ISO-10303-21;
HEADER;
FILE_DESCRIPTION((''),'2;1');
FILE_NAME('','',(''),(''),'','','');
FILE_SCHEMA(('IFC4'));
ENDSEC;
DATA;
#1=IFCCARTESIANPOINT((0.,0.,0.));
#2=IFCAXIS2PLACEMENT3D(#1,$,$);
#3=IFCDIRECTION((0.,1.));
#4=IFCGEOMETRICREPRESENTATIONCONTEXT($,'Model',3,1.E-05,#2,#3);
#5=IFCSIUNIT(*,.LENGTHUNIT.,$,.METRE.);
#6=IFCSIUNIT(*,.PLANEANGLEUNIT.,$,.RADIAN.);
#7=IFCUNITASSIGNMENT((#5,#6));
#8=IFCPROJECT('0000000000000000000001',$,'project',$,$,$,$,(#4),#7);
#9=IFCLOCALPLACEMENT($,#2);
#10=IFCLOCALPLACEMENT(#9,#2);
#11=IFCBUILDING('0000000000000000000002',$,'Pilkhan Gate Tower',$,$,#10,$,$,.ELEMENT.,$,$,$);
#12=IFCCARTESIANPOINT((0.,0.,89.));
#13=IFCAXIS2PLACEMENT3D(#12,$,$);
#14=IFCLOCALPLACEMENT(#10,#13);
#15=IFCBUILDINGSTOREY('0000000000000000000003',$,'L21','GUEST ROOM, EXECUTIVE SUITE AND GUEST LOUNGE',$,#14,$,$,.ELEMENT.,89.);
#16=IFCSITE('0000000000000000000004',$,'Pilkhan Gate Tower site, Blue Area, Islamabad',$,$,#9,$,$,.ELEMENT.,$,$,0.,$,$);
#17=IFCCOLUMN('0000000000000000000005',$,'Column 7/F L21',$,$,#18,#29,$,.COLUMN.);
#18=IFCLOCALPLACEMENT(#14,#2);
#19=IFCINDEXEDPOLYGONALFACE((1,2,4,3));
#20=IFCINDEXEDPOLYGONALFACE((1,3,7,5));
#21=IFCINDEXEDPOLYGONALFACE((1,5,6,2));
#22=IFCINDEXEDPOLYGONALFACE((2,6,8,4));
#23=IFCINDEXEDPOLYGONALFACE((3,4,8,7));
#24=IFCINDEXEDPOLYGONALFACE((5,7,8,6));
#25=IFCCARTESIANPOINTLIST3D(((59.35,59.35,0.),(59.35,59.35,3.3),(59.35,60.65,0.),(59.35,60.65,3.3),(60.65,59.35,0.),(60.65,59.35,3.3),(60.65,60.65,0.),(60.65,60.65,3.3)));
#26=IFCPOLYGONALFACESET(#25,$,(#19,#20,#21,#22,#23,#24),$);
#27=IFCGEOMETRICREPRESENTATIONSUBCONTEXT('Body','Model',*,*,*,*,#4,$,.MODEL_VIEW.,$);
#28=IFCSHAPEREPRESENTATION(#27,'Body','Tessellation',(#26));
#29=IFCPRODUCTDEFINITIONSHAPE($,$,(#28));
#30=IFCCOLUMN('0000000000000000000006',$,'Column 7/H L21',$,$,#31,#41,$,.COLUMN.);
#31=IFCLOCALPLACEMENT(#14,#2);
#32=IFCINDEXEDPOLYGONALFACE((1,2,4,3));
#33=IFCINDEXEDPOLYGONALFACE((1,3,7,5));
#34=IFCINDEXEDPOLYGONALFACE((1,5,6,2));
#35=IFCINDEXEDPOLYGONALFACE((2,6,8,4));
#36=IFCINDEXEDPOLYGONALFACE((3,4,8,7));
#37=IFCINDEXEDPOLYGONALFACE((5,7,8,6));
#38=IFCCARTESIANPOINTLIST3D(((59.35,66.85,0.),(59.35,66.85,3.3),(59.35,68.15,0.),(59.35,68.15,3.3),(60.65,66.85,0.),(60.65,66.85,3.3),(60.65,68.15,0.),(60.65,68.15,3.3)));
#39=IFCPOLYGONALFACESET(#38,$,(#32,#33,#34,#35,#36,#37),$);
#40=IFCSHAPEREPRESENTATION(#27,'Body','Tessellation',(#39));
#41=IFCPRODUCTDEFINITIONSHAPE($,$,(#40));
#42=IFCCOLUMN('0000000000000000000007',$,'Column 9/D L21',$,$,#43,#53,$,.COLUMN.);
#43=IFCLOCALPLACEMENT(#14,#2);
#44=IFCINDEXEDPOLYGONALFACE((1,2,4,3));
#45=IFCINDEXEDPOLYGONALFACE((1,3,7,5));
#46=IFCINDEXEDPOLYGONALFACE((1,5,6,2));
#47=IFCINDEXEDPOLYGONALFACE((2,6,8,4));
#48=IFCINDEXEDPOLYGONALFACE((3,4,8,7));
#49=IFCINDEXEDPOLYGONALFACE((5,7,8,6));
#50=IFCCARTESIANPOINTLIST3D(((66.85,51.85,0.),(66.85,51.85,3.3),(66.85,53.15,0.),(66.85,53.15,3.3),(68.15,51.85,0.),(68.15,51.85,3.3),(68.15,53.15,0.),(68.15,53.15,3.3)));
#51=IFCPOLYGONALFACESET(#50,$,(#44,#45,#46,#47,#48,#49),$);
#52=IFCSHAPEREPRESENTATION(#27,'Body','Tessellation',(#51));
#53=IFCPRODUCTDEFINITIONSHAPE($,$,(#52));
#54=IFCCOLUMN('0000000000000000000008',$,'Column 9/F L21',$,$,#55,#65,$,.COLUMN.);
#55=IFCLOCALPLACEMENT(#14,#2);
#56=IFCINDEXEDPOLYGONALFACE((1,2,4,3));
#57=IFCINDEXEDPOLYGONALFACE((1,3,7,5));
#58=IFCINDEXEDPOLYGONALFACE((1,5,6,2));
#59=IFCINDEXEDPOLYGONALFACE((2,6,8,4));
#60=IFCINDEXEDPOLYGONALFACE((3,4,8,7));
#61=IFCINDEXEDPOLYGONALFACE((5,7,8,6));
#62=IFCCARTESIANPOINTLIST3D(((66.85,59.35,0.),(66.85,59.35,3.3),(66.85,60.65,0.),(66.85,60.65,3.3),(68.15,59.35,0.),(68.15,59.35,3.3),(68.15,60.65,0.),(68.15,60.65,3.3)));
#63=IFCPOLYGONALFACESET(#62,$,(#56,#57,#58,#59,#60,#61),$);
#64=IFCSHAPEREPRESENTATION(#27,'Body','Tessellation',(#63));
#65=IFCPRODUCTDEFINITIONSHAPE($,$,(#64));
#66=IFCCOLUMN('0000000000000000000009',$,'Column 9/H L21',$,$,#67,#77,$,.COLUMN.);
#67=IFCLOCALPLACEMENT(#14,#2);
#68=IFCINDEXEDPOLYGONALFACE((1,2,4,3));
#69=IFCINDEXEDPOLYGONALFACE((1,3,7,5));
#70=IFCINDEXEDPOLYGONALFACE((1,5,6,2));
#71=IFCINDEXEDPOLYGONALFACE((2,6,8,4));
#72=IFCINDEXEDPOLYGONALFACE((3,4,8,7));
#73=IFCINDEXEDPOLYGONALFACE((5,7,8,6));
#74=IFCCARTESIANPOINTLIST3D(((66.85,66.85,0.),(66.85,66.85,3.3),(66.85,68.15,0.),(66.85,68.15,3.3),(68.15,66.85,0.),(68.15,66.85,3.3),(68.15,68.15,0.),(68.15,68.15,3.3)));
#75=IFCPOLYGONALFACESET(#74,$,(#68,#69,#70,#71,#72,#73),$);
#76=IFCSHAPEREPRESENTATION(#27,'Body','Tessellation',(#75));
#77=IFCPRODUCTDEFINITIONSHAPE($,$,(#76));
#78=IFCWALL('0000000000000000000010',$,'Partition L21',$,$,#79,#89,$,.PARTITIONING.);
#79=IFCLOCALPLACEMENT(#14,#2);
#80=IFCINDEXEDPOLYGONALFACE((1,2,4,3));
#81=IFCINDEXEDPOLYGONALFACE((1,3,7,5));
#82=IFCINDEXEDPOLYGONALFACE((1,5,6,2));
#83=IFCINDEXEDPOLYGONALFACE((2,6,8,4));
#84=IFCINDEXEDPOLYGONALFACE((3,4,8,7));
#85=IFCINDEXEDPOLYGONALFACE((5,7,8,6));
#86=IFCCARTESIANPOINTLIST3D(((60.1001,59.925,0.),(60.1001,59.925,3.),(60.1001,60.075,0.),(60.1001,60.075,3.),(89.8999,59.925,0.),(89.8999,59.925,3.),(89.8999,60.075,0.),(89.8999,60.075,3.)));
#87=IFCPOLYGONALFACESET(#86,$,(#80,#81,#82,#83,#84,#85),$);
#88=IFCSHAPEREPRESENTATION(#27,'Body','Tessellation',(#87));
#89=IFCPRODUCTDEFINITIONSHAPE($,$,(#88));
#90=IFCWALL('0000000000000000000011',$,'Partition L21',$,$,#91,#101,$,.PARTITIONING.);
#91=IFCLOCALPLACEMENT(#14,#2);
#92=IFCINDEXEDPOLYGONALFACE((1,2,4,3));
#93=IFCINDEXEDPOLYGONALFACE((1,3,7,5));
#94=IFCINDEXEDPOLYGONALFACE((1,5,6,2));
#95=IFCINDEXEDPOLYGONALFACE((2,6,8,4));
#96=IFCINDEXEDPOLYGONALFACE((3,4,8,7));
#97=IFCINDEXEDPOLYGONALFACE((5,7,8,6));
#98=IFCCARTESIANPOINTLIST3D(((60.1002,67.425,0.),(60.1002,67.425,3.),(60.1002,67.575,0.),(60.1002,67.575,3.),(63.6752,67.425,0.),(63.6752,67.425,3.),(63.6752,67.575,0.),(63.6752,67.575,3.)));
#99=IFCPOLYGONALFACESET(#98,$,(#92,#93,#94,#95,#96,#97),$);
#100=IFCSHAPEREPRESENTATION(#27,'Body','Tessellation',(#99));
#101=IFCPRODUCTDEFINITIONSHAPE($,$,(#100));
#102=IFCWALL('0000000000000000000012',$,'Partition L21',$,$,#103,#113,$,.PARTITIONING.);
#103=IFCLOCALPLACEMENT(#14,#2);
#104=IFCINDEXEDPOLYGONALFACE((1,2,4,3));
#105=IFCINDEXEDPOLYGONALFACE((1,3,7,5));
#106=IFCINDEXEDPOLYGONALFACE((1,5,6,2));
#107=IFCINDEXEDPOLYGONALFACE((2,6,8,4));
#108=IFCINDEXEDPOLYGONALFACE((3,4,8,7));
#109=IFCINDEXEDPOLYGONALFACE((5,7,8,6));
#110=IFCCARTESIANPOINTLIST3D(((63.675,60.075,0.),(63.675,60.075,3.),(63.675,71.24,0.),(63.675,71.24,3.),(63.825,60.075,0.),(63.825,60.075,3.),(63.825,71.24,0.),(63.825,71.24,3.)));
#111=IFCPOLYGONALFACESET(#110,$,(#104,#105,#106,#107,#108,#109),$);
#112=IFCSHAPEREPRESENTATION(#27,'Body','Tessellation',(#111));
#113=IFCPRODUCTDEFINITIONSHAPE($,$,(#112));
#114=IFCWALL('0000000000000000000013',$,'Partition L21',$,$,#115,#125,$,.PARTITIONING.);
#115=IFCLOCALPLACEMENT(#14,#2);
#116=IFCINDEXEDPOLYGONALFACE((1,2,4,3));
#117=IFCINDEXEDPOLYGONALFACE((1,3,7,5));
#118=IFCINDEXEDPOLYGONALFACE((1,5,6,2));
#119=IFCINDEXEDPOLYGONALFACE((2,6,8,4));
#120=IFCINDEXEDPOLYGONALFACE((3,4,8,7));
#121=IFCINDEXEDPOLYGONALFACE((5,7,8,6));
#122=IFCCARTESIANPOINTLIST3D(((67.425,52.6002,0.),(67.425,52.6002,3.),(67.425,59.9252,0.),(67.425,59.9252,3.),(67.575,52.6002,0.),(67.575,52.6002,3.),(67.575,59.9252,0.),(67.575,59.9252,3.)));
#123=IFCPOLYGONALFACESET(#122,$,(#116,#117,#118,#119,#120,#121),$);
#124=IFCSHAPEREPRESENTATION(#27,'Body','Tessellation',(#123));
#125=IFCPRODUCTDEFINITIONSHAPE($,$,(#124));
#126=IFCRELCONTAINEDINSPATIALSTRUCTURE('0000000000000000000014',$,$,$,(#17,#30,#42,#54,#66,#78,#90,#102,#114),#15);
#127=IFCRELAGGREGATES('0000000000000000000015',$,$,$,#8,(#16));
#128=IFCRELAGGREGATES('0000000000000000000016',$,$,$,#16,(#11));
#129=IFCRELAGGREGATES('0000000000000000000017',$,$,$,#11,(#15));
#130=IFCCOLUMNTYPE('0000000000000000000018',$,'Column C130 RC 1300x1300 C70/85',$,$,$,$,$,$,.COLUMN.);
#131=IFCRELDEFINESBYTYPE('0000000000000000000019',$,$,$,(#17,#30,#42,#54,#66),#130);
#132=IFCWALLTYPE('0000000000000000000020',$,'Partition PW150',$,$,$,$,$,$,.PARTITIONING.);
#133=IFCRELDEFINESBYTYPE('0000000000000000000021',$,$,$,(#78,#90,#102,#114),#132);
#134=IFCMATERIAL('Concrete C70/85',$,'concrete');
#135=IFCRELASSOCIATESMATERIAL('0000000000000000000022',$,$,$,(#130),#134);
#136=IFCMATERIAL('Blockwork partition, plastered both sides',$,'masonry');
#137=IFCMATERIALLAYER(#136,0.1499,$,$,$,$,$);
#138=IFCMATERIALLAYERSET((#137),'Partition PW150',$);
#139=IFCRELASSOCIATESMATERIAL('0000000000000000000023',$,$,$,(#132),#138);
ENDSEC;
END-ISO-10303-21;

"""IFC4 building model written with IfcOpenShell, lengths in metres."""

from ifc_helpers import new_model, si_unit, direction, frame, frame_2d, origin, origin_2d, place, context, subcontext, project, spatial, rectangle, extrude, material, layer, layer_set, material_profile, profile_set, type_object, element, save


model = new_model("IFC4")

# Units and contexts
model_context = context("Model", 3, precision=1e-05, world=origin(), true_north=direction((0.0, 1.0)))
body_context = subcontext(model_context, "Body", "Model", "MODEL_VIEW")
ifc_project = project(units=[si_unit("LENGTHUNIT", "METRE"), si_unit("PLANEANGLEUNIT", "RADIAN")], contexts=[model_context])

# Site, building, storey
site_placement = place(None, origin())
site = spatial("IfcSite", under=ifc_project, at=site_placement, Name="Pilkhan Gate Tower site, Blue Area, Islamabad", CompositionType="ELEMENT", RefElevation=0.0)
building_placement = place(site_placement, origin())
building = spatial("IfcBuilding", under=site, at=building_placement, Name="Pilkhan Gate Tower", CompositionType="ELEMENT")
storey_placement = place(building_placement, frame((0.0, 0.0, 89.0)))
storey = spatial("IfcBuildingStorey", under=building, at=storey_placement, Name="L21", Description="GUEST ROOM, EXECUTIVE SUITE AND GUEST LOUNGE", CompositionType="ELEMENT", Elevation=89.0)

# Columns
ifc_material_1 = material(Name="Concrete C70/85", Category="concrete")
ifc_material_profile = material_profile(ifc_material_1, rectangle(XDim=1.3, YDim=1.3, at=origin_2d()), Name="RC 1300x1300")
ifc_profile_set = profile_set([ifc_material_profile], Name="Concrete C70/85")
column_type = type_object("IfcColumnType", Name="Column C130 RC 1300x1300 C70/85", PredefinedType="COLUMN", material=ifc_profile_set)
for number, where, z_axis, x_axis, name in (
    (1, (60.0, 60.0, 0.0), (0.0, 0.0, 1.0), (1.0, 0.0, 0.0), "Column 7/F L21"),
    (2, (60.0, 67.5, 0.0), (0.0, 0.0, 1.0), (1.0, 0.0, 0.0), "Column 7/H L21"),
    (3, (67.5, 52.5, 0.0), (0.0, 0.0, 1.0), (1.0, 0.0, 0.0), "Column 9/D L21"),
    (4, (67.5, 60.0, 0.0), (0.0, 0.0, 1.0), (1.0, 0.0, 0.0), "Column 9/F L21"),
    (5, (67.5, 67.5, 0.0), (0.0, 0.0, 1.0), (1.0, 0.0, 0.0), "Column 9/H L21"),
):
    element("IfcColumn", number, at=place(storey_placement, frame(where, z_axis=z_axis, x_axis=x_axis)), inside=storey, type_object=column_type, Name=name, PredefinedType="COLUMN", context=body_context, shape_type="SweptSolid", body=[
        extrude(rectangle(XDim=1.3, YDim=1.3, at=origin_2d()), origin(), (0.0, 0.0, 1.0), 3.3),
    ])

# Walls
ifc_material_2 = material(Name="Blockwork partition, plastered both sides", Category="masonry")
ifc_layer = layer(ifc_material_2, 0.1499)
ifc_layer_set = layer_set([ifc_layer], Name="Partition PW150")
wall_type = type_object("IfcWallType", Name="Partition PW150", PredefinedType="PARTITIONING", material=ifc_layer_set)
wall_1_placement = place(storey_placement, frame((60.1001, 60.0, 0.0), z_axis=(0.0, 0.0, 1.0), x_axis=(1.0, 0.0, 0.0)))
element("IfcWall", 6, at=wall_1_placement, inside=storey, type_object=wall_type, Name="Partition L21", PredefinedType="PARTITIONING", context=body_context, shape_type="SweptSolid", body=[
    extrude(rectangle(XDim=29.7998, YDim=0.1499, at=frame_2d((14.8999, 0.0))), origin(), (0.0, 0.0, 1.0), 3.0),
])
wall_2_placement = place(storey_placement, frame((60.1001, 67.5, 0.0), z_axis=(0.0, 0.0, 1.0), x_axis=(1.0, 0.0, 0.0)))
element("IfcWall", 7, at=wall_2_placement, inside=storey, type_object=wall_type, Name="Partition L21", PredefinedType="PARTITIONING", context=body_context, shape_type="SweptSolid", body=[
    extrude(rectangle(XDim=3.575, YDim=0.1499, at=frame_2d((1.7876, 0.0))), origin(), (0.0, 0.0, 1.0), 3.0),
])
wall_3_placement = place(storey_placement, frame((63.75, 60.075, 0.0), z_axis=(0.0, 0.0, 1.0), x_axis=(0.0, 1.0, 0.0)))
element("IfcWall", 8, at=wall_3_placement, inside=storey, type_object=wall_type, Name="Partition L21", PredefinedType="PARTITIONING", context=body_context, shape_type="SweptSolid", body=[
    extrude(rectangle(XDim=11.165, YDim=0.1499, at=frame_2d((5.5825, 0.0))), origin(), (0.0, 0.0, 1.0), 3.0),
])
wall_4_placement = place(storey_placement, frame((67.5, 52.6001, 0.0), z_axis=(0.0, 0.0, 1.0), x_axis=(0.0, 1.0, 0.0)))
element("IfcWall", 9, at=wall_4_placement, inside=storey, type_object=wall_type, Name="Partition L21", PredefinedType="PARTITIONING", context=body_context, shape_type="SweptSolid", body=[
    extrude(rectangle(XDim=7.325, YDim=0.1499, at=frame_2d((3.6626, 0.0))), origin(), (0.0, 0.0, 1.0), 3.0),
])

save(model, "model.ifc")
